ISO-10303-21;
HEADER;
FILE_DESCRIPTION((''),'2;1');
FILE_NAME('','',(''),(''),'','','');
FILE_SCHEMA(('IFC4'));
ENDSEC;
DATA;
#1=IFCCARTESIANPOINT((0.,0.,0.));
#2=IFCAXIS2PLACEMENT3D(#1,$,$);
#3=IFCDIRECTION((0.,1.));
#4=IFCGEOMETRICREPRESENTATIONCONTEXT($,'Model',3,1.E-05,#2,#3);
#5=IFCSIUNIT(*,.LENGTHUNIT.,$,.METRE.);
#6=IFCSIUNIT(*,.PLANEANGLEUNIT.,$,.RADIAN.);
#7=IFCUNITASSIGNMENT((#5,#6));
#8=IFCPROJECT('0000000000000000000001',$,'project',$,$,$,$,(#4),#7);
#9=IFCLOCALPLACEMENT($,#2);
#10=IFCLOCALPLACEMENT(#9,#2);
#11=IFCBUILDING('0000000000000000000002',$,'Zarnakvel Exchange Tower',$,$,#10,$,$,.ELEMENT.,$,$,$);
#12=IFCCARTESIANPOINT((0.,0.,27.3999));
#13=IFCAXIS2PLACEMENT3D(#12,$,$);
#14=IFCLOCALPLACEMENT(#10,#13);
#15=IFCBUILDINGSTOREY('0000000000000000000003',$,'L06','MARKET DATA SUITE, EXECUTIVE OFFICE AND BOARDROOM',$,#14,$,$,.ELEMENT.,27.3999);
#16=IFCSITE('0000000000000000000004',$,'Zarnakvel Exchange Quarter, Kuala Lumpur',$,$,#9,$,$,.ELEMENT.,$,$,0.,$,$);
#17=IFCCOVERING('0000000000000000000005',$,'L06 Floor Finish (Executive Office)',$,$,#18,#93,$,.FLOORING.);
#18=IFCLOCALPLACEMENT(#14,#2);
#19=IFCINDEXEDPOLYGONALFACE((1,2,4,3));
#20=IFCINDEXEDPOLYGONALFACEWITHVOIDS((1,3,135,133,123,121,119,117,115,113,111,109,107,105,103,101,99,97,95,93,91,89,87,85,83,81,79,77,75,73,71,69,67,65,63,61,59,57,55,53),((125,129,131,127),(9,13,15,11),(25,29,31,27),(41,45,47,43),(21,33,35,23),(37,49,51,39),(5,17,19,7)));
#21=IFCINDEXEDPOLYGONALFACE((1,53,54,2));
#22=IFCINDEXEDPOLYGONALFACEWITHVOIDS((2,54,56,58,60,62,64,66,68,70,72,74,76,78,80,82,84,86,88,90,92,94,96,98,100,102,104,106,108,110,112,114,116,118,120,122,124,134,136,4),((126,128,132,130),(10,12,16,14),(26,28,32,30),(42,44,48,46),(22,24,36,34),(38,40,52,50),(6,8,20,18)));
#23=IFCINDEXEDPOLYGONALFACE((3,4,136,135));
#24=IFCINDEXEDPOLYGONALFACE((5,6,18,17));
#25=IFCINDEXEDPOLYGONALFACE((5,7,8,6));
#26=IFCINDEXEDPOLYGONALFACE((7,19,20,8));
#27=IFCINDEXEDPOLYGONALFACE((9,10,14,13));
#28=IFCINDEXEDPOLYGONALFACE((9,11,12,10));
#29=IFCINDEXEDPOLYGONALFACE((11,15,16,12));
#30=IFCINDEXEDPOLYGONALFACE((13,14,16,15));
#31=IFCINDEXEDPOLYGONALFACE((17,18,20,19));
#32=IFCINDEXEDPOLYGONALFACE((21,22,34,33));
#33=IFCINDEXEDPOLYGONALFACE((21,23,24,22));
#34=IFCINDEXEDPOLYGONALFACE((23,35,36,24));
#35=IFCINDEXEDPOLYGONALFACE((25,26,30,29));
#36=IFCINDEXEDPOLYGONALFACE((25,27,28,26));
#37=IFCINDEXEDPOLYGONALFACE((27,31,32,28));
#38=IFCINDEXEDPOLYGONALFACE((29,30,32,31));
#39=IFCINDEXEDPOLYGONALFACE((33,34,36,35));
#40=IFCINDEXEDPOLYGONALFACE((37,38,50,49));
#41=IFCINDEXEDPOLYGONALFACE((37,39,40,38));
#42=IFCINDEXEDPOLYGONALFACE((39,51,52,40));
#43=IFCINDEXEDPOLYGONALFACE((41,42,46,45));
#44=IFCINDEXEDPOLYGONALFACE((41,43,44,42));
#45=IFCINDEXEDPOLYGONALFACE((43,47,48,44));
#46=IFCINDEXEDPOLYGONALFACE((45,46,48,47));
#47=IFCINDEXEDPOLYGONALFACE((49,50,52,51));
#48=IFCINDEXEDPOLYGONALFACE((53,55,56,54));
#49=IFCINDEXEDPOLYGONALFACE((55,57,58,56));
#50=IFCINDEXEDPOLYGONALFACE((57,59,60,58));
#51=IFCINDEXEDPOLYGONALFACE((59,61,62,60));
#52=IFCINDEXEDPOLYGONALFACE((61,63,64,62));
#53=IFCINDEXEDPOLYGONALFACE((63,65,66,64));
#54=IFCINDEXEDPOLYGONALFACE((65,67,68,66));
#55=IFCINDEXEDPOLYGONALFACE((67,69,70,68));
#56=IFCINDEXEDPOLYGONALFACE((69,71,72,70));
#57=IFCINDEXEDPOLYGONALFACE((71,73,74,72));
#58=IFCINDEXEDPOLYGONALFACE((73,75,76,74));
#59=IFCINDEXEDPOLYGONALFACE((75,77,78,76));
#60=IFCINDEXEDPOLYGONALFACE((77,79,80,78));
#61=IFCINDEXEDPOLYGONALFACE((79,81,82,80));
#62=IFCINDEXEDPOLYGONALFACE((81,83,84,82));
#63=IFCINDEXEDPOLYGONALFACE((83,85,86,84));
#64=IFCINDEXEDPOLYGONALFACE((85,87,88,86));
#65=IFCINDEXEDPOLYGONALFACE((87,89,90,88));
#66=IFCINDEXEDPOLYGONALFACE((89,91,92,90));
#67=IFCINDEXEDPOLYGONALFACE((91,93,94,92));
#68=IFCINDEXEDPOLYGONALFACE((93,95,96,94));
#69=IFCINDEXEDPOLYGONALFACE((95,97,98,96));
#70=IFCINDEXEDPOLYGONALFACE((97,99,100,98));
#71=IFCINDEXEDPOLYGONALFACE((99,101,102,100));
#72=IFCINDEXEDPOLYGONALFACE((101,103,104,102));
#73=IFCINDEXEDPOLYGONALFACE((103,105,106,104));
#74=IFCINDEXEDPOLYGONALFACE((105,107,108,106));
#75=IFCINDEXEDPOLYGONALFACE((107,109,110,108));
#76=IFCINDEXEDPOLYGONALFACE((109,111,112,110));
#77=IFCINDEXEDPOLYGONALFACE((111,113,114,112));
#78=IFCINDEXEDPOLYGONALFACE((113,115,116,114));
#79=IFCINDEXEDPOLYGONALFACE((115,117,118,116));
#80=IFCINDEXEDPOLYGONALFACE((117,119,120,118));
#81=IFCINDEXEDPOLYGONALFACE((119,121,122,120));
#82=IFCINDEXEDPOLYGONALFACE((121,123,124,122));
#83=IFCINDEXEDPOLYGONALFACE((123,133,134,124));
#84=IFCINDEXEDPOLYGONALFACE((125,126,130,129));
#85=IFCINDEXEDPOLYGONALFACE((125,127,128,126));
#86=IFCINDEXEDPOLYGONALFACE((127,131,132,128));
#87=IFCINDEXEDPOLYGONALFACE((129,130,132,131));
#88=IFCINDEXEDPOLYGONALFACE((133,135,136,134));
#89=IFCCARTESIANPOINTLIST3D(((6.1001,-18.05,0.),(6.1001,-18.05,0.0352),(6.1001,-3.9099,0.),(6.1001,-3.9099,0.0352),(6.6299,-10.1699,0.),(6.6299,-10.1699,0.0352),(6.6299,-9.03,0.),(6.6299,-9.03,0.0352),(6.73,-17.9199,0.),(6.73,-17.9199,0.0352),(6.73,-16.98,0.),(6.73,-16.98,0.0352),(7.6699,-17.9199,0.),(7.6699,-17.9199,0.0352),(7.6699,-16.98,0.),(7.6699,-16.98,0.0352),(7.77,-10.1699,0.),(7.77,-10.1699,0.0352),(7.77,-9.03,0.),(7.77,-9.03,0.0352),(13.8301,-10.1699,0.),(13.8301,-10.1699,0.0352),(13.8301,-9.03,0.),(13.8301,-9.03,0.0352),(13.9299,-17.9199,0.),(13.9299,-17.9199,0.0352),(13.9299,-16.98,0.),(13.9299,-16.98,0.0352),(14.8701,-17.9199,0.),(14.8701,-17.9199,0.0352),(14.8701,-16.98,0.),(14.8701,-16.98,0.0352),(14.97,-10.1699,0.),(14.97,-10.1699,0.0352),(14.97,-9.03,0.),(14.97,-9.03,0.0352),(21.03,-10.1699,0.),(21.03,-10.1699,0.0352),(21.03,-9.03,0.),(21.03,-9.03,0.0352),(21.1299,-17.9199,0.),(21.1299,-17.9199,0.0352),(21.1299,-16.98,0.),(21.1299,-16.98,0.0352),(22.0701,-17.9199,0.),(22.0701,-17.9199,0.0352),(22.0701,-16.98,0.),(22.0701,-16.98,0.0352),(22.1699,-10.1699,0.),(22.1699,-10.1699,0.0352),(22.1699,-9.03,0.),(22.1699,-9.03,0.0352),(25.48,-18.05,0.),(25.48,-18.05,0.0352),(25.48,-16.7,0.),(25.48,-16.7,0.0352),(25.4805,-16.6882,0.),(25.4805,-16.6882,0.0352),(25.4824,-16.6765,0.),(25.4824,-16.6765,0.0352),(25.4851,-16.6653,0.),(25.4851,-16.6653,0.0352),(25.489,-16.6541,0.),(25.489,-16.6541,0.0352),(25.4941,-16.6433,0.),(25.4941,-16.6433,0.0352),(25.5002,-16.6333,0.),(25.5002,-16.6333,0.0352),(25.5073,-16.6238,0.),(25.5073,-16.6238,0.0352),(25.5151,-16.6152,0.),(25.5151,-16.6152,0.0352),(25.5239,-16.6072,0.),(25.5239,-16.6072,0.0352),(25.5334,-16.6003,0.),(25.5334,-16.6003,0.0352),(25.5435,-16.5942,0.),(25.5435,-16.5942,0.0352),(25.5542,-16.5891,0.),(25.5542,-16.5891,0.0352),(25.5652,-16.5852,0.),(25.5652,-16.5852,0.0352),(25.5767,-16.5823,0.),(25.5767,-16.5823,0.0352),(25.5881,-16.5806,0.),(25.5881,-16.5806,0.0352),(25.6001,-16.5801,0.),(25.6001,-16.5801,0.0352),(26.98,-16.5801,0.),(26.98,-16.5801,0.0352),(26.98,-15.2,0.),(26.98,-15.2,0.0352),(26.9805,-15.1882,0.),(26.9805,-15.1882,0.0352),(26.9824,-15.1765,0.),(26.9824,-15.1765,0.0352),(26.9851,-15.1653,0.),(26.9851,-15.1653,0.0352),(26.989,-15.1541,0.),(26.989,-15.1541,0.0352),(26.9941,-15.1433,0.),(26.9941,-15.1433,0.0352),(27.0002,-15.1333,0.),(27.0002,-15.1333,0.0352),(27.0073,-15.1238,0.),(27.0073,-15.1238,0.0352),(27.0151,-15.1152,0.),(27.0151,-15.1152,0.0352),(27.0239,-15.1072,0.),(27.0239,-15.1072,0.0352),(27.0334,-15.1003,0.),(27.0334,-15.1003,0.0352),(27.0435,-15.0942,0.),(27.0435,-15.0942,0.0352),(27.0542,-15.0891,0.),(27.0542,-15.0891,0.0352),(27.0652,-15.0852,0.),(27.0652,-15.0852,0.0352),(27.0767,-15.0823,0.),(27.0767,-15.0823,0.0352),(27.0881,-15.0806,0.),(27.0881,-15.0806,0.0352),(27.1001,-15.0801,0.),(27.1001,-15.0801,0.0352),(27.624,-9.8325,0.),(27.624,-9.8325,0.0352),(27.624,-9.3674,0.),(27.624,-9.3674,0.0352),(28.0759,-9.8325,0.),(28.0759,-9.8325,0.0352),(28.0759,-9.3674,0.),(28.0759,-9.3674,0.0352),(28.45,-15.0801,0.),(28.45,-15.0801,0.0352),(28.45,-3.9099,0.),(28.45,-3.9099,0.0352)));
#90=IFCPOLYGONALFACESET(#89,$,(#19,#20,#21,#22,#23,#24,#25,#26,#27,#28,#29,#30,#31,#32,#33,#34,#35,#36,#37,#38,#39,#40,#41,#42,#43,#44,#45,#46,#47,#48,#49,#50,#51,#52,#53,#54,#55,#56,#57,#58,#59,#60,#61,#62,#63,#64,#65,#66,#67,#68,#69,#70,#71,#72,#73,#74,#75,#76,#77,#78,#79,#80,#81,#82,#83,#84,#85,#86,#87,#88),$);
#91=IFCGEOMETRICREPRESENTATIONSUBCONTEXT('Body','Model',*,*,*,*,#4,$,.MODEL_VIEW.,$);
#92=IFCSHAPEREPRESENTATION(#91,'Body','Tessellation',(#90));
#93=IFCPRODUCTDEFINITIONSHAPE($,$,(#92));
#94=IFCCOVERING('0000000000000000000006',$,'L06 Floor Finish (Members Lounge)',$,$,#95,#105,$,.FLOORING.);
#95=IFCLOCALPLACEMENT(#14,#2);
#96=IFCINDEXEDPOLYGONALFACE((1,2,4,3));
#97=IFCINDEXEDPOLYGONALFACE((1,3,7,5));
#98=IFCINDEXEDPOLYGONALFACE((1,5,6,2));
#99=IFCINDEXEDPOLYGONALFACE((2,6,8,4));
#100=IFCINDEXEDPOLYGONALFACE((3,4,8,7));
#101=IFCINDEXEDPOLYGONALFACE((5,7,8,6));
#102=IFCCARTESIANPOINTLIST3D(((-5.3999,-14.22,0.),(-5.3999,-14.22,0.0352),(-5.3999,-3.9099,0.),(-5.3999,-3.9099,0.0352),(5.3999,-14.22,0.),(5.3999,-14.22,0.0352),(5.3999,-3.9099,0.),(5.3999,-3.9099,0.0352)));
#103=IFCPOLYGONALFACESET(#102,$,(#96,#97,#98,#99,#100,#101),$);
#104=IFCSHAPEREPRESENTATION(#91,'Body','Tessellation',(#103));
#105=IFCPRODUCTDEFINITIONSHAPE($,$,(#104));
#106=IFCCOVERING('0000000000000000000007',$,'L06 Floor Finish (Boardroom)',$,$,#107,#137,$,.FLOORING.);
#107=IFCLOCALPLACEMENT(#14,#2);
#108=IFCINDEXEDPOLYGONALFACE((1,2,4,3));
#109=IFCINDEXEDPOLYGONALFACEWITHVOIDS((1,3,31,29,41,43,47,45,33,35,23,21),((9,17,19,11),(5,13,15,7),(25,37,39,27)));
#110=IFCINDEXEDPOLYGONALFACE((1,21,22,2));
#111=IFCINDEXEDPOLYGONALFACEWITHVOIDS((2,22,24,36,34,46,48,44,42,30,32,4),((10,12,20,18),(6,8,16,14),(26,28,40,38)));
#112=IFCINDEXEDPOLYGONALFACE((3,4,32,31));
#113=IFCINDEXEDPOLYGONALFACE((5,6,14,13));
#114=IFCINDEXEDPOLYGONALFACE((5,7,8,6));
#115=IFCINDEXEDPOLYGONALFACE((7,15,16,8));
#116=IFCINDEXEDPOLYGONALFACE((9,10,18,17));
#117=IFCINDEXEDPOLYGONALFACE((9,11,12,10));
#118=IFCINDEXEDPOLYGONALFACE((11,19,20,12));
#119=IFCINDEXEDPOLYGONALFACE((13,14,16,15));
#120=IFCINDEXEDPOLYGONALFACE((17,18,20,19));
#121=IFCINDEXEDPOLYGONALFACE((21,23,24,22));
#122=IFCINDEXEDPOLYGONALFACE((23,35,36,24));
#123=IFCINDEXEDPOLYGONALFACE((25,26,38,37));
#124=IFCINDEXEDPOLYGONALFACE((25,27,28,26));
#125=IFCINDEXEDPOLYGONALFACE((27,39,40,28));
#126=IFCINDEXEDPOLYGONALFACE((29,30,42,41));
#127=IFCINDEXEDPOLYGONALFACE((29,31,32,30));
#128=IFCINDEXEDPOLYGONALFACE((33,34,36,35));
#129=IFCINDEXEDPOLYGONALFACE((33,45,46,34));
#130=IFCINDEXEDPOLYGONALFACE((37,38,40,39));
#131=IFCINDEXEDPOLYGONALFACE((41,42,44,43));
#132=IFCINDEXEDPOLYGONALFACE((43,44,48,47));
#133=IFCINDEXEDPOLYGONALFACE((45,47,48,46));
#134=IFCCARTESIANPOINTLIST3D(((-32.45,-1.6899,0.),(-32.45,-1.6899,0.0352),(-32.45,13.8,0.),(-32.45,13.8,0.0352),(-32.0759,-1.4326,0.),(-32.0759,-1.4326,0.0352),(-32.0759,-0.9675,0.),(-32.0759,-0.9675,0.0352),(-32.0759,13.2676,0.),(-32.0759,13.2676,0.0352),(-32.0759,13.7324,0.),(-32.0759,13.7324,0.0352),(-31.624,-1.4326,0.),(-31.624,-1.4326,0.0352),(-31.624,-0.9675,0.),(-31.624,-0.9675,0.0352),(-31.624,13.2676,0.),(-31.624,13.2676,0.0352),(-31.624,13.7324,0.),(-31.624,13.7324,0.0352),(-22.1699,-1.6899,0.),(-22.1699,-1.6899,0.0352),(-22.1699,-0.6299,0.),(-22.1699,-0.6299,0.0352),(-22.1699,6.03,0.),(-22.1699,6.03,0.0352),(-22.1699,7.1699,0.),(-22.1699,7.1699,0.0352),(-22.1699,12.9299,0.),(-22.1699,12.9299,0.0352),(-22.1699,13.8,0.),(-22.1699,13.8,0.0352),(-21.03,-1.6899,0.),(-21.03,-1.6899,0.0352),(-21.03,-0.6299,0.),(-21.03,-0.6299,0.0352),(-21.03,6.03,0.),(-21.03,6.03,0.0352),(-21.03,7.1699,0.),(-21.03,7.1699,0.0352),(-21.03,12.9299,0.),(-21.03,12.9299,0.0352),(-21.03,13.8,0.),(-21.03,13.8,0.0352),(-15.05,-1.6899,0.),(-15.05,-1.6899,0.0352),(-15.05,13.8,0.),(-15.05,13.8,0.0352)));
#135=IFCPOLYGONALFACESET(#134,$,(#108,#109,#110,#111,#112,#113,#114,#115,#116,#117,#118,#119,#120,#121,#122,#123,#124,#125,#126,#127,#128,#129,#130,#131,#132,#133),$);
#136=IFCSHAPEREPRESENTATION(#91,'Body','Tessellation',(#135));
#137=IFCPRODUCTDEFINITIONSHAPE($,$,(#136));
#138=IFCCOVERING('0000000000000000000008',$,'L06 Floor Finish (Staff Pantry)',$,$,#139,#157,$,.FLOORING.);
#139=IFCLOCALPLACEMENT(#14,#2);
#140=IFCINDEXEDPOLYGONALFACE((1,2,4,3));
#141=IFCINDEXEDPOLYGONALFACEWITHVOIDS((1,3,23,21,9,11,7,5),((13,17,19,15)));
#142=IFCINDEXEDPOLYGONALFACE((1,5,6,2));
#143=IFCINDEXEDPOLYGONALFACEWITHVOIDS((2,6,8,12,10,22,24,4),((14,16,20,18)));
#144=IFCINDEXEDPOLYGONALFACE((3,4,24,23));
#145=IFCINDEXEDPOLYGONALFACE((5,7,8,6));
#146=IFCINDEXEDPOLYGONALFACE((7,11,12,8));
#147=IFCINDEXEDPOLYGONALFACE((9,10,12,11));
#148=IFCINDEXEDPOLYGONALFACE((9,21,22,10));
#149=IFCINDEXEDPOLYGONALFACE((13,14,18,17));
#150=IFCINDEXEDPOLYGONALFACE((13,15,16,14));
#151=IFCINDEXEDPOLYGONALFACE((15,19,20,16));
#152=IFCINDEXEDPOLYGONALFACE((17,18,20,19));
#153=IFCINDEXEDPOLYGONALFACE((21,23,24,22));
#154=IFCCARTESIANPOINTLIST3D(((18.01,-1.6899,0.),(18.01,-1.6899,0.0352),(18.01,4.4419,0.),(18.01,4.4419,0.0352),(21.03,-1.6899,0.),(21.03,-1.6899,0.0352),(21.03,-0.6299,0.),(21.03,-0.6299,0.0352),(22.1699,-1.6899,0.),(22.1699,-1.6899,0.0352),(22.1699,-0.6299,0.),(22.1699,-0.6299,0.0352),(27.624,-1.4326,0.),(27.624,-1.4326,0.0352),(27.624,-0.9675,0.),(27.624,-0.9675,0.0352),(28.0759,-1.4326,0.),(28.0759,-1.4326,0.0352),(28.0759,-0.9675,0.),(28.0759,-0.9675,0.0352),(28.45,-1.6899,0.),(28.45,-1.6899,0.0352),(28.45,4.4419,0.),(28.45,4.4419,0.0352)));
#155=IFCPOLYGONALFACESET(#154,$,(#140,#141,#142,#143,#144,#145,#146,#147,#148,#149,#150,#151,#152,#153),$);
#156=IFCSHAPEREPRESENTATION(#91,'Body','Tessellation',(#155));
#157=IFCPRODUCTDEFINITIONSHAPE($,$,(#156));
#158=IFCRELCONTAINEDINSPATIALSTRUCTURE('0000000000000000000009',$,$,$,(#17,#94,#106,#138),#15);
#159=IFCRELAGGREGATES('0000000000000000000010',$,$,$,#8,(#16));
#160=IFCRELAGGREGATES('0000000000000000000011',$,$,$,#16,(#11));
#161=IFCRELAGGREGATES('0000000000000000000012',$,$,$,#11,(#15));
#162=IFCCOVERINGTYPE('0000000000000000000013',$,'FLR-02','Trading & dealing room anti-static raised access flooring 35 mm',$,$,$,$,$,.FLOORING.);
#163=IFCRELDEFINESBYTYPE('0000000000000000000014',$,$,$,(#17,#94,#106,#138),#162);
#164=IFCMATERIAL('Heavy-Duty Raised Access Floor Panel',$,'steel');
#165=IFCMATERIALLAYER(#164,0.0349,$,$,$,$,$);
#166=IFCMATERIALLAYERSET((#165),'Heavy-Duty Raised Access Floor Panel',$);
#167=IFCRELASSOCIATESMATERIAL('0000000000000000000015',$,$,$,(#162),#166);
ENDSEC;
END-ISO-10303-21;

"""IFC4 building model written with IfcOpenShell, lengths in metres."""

from ifc_helpers import new_model, si_unit, direction, frame, origin, place, context, subcontext, project, spatial, polyline, outline, extrude, material, layer, layer_set, type_object, element, save


model = new_model("IFC4")

# Units and contexts
model_context = context("Model", 3, precision=1e-05, world=origin(), true_north=direction((0.0, 1.0)))
body_context = subcontext(model_context, "Body", "Model", "MODEL_VIEW")
ifc_project = project(units=[si_unit("LENGTHUNIT", "METRE"), si_unit("PLANEANGLEUNIT", "RADIAN")], contexts=[model_context])

# Site, building, storey
site_placement = place(None, origin())
site = spatial("IfcSite", under=ifc_project, at=site_placement, Name="Zarnakvel Exchange Quarter, Kuala Lumpur", CompositionType="ELEMENT", RefElevation=0.0)
building_placement = place(site_placement, origin())
building = spatial("IfcBuilding", under=site, at=building_placement, Name="Zarnakvel Exchange Tower", CompositionType="ELEMENT")
storey_placement = place(building_placement, frame((0.0, 0.0, 27.3999)))
storey = spatial("IfcBuildingStorey", under=building, at=storey_placement, Name="L06", Description="MARKET DATA SUITE, EXECUTIVE OFFICE AND BOARDROOM", CompositionType="ELEMENT", Elevation=27.3999)

# Coverings
ifc_material_1 = material(Name="Heavy-Duty Raised Access Floor Panel", Category="steel")
ifc_layer_1 = layer(ifc_material_1, 0.0349)
ifc_layer_set_1 = layer_set([ifc_layer_1], Name="Heavy-Duty Raised Access Floor Panel")
covering_type_1 = type_object("IfcCoveringType", Name="FLR-02", Description="Trading & dealing room anti-static raised access flooring 35 mm", PredefinedType="FLOORING", material=ifc_layer_set_1)
covering_1_placement = place(storey_placement, origin())
element("IfcCovering", 1, at=covering_1_placement, inside=storey, type_object=covering_type_1, Name="L06 Floor Finish (Executive Office)", PredefinedType="FLOORING", context=body_context, shape_type="SweptSolid", body=[
    extrude(outline(polyline([(6.1001, -3.9099), (28.45, -3.9099), (28.45, -15.0801), (27.1001, -15.0801), (27.0881, -15.0806), (27.0767, -15.0823), (27.0652, -15.0852), (27.0542, -15.0891), (27.0435, -15.0942), (27.0334, -15.1003), (27.0239, -15.1072), (27.0151, -15.1152), (27.0073, -15.1238), (27.0002, -15.1333), (26.9941, -15.1433), (26.989, -15.1541), (26.9851, -15.1653), (26.9824, -15.1765), (26.9805, -15.1882), (26.98, -15.2), (26.98, -16.5801), (25.6001, -16.5801), (25.5881, -16.5806), (25.5767, -16.5823), (25.5652, -16.5852), (25.5542, -16.5891), (25.5435, -16.5942), (25.5334, -16.6003), (25.5239, -16.6072), (25.5151, -16.6152), (25.5073, -16.6238), (25.5002, -16.6333), (25.4941, -16.6433), (25.489, -16.6541), (25.4851, -16.6653), (25.4824, -16.6765), (25.4805, -16.6882), (25.48, -16.7), (25.48, -18.05), (6.1001, -18.05), (6.1001, -3.9099)]), holes=[polyline([(28.0759, -9.8325), (28.0759, -9.3674), (27.624, -9.3674), (27.624, -9.8325), (28.0759, -9.8325)]), polyline([(22.1699, -10.1699), (22.1699, -9.03), (21.03, -9.03), (21.03, -10.1699), (22.1699, -10.1699)]), polyline([(22.0701, -17.9199), (22.0701, -16.98), (21.1299, -16.98), (21.1299, -17.9199), (22.0701, -17.9199)]), polyline([(13.8301, -10.1699), (14.97, -10.1699), (14.97, -9.03), (13.8301, -9.03), (13.8301, -10.1699)]), polyline([(14.8701, -17.9199), (14.8701, -16.98), (13.9299, -16.98), (13.9299, -17.9199), (14.8701, -17.9199)]), polyline([(6.6299, -10.1699), (7.77, -10.1699), (7.77, -9.03), (6.6299, -9.03), (6.6299, -10.1699)]), polyline([(7.6699, -17.9199), (7.6699, -16.98), (6.73, -16.98), (6.73, -17.9199), (7.6699, -17.9199)])]), origin(), (0.0, 0.0, 1.0), 0.0352),
])
covering_2_placement = place(storey_placement, origin())
element("IfcCovering", 2, at=covering_2_placement, inside=storey, type_object=covering_type_1, Name="L06 Floor Finish (Members Lounge)", PredefinedType="FLOORING", context=body_context, shape_type="SweptSolid", body=[
    extrude(outline(polyline([(-5.3999, -3.9099), (5.3999, -3.9099), (5.3999, -14.22), (-5.3999, -14.22), (-5.3999, -3.9099)])), origin(), (0.0, 0.0, 1.0), 0.0352),
])
covering_3_placement = place(storey_placement, origin())
element("IfcCovering", 3, at=covering_3_placement, inside=storey, type_object=covering_type_1, Name="L06 Floor Finish (Boardroom)", PredefinedType="FLOORING", context=body_context, shape_type="SweptSolid", body=[
    extrude(outline(polyline([(-32.45, 13.8), (-22.1699, 13.8), (-22.1699, 12.9299), (-21.03, 12.9299), (-21.03, 13.8), (-15.05, 13.8), (-15.05, -1.6899), (-21.03, -1.6899), (-21.03, -0.6299), (-22.1699, -0.6299), (-22.1699, -1.6899), (-32.45, -1.6899), (-32.45, 13.8)]), holes=[polyline([(-21.03, 6.03), (-21.03, 7.1699), (-22.1699, 7.1699), (-22.1699, 6.03), (-21.03, 6.03)]), polyline([(-31.624, 13.2676), (-31.624, 13.7324), (-32.0759, 13.7324), (-32.0759, 13.2676), (-31.624, 13.2676)]), polyline([(-31.624, -1.4326), (-31.624, -0.9675), (-32.0759, -0.9675), (-32.0759, -1.4326), (-31.624, -1.4326)])]), origin(), (0.0, 0.0, 1.0), 0.0352),
])
covering_4_placement = place(storey_placement, origin())
element("IfcCovering", 4, at=covering_4_placement, inside=storey, type_object=covering_type_1, Name="L06 Floor Finish (Staff Pantry)", PredefinedType="FLOORING", context=body_context, shape_type="SweptSolid", body=[
    extrude(outline(polyline([(18.01, 4.4419), (28.45, 4.4419), (28.45, -1.6899), (22.1699, -1.6899), (22.1699, -0.6299), (21.03, -0.6299), (21.03, -1.6899), (18.01, -1.6899), (18.01, 4.4419)]), holes=[polyline([(27.624, -1.4326), (28.0759, -1.4326), (28.0759, -0.9675), (27.624, -0.9675), (27.624, -1.4326)])]), origin(), (0.0, 0.0, 1.0), 0.0352),
])

save(model, "model.ifc")
